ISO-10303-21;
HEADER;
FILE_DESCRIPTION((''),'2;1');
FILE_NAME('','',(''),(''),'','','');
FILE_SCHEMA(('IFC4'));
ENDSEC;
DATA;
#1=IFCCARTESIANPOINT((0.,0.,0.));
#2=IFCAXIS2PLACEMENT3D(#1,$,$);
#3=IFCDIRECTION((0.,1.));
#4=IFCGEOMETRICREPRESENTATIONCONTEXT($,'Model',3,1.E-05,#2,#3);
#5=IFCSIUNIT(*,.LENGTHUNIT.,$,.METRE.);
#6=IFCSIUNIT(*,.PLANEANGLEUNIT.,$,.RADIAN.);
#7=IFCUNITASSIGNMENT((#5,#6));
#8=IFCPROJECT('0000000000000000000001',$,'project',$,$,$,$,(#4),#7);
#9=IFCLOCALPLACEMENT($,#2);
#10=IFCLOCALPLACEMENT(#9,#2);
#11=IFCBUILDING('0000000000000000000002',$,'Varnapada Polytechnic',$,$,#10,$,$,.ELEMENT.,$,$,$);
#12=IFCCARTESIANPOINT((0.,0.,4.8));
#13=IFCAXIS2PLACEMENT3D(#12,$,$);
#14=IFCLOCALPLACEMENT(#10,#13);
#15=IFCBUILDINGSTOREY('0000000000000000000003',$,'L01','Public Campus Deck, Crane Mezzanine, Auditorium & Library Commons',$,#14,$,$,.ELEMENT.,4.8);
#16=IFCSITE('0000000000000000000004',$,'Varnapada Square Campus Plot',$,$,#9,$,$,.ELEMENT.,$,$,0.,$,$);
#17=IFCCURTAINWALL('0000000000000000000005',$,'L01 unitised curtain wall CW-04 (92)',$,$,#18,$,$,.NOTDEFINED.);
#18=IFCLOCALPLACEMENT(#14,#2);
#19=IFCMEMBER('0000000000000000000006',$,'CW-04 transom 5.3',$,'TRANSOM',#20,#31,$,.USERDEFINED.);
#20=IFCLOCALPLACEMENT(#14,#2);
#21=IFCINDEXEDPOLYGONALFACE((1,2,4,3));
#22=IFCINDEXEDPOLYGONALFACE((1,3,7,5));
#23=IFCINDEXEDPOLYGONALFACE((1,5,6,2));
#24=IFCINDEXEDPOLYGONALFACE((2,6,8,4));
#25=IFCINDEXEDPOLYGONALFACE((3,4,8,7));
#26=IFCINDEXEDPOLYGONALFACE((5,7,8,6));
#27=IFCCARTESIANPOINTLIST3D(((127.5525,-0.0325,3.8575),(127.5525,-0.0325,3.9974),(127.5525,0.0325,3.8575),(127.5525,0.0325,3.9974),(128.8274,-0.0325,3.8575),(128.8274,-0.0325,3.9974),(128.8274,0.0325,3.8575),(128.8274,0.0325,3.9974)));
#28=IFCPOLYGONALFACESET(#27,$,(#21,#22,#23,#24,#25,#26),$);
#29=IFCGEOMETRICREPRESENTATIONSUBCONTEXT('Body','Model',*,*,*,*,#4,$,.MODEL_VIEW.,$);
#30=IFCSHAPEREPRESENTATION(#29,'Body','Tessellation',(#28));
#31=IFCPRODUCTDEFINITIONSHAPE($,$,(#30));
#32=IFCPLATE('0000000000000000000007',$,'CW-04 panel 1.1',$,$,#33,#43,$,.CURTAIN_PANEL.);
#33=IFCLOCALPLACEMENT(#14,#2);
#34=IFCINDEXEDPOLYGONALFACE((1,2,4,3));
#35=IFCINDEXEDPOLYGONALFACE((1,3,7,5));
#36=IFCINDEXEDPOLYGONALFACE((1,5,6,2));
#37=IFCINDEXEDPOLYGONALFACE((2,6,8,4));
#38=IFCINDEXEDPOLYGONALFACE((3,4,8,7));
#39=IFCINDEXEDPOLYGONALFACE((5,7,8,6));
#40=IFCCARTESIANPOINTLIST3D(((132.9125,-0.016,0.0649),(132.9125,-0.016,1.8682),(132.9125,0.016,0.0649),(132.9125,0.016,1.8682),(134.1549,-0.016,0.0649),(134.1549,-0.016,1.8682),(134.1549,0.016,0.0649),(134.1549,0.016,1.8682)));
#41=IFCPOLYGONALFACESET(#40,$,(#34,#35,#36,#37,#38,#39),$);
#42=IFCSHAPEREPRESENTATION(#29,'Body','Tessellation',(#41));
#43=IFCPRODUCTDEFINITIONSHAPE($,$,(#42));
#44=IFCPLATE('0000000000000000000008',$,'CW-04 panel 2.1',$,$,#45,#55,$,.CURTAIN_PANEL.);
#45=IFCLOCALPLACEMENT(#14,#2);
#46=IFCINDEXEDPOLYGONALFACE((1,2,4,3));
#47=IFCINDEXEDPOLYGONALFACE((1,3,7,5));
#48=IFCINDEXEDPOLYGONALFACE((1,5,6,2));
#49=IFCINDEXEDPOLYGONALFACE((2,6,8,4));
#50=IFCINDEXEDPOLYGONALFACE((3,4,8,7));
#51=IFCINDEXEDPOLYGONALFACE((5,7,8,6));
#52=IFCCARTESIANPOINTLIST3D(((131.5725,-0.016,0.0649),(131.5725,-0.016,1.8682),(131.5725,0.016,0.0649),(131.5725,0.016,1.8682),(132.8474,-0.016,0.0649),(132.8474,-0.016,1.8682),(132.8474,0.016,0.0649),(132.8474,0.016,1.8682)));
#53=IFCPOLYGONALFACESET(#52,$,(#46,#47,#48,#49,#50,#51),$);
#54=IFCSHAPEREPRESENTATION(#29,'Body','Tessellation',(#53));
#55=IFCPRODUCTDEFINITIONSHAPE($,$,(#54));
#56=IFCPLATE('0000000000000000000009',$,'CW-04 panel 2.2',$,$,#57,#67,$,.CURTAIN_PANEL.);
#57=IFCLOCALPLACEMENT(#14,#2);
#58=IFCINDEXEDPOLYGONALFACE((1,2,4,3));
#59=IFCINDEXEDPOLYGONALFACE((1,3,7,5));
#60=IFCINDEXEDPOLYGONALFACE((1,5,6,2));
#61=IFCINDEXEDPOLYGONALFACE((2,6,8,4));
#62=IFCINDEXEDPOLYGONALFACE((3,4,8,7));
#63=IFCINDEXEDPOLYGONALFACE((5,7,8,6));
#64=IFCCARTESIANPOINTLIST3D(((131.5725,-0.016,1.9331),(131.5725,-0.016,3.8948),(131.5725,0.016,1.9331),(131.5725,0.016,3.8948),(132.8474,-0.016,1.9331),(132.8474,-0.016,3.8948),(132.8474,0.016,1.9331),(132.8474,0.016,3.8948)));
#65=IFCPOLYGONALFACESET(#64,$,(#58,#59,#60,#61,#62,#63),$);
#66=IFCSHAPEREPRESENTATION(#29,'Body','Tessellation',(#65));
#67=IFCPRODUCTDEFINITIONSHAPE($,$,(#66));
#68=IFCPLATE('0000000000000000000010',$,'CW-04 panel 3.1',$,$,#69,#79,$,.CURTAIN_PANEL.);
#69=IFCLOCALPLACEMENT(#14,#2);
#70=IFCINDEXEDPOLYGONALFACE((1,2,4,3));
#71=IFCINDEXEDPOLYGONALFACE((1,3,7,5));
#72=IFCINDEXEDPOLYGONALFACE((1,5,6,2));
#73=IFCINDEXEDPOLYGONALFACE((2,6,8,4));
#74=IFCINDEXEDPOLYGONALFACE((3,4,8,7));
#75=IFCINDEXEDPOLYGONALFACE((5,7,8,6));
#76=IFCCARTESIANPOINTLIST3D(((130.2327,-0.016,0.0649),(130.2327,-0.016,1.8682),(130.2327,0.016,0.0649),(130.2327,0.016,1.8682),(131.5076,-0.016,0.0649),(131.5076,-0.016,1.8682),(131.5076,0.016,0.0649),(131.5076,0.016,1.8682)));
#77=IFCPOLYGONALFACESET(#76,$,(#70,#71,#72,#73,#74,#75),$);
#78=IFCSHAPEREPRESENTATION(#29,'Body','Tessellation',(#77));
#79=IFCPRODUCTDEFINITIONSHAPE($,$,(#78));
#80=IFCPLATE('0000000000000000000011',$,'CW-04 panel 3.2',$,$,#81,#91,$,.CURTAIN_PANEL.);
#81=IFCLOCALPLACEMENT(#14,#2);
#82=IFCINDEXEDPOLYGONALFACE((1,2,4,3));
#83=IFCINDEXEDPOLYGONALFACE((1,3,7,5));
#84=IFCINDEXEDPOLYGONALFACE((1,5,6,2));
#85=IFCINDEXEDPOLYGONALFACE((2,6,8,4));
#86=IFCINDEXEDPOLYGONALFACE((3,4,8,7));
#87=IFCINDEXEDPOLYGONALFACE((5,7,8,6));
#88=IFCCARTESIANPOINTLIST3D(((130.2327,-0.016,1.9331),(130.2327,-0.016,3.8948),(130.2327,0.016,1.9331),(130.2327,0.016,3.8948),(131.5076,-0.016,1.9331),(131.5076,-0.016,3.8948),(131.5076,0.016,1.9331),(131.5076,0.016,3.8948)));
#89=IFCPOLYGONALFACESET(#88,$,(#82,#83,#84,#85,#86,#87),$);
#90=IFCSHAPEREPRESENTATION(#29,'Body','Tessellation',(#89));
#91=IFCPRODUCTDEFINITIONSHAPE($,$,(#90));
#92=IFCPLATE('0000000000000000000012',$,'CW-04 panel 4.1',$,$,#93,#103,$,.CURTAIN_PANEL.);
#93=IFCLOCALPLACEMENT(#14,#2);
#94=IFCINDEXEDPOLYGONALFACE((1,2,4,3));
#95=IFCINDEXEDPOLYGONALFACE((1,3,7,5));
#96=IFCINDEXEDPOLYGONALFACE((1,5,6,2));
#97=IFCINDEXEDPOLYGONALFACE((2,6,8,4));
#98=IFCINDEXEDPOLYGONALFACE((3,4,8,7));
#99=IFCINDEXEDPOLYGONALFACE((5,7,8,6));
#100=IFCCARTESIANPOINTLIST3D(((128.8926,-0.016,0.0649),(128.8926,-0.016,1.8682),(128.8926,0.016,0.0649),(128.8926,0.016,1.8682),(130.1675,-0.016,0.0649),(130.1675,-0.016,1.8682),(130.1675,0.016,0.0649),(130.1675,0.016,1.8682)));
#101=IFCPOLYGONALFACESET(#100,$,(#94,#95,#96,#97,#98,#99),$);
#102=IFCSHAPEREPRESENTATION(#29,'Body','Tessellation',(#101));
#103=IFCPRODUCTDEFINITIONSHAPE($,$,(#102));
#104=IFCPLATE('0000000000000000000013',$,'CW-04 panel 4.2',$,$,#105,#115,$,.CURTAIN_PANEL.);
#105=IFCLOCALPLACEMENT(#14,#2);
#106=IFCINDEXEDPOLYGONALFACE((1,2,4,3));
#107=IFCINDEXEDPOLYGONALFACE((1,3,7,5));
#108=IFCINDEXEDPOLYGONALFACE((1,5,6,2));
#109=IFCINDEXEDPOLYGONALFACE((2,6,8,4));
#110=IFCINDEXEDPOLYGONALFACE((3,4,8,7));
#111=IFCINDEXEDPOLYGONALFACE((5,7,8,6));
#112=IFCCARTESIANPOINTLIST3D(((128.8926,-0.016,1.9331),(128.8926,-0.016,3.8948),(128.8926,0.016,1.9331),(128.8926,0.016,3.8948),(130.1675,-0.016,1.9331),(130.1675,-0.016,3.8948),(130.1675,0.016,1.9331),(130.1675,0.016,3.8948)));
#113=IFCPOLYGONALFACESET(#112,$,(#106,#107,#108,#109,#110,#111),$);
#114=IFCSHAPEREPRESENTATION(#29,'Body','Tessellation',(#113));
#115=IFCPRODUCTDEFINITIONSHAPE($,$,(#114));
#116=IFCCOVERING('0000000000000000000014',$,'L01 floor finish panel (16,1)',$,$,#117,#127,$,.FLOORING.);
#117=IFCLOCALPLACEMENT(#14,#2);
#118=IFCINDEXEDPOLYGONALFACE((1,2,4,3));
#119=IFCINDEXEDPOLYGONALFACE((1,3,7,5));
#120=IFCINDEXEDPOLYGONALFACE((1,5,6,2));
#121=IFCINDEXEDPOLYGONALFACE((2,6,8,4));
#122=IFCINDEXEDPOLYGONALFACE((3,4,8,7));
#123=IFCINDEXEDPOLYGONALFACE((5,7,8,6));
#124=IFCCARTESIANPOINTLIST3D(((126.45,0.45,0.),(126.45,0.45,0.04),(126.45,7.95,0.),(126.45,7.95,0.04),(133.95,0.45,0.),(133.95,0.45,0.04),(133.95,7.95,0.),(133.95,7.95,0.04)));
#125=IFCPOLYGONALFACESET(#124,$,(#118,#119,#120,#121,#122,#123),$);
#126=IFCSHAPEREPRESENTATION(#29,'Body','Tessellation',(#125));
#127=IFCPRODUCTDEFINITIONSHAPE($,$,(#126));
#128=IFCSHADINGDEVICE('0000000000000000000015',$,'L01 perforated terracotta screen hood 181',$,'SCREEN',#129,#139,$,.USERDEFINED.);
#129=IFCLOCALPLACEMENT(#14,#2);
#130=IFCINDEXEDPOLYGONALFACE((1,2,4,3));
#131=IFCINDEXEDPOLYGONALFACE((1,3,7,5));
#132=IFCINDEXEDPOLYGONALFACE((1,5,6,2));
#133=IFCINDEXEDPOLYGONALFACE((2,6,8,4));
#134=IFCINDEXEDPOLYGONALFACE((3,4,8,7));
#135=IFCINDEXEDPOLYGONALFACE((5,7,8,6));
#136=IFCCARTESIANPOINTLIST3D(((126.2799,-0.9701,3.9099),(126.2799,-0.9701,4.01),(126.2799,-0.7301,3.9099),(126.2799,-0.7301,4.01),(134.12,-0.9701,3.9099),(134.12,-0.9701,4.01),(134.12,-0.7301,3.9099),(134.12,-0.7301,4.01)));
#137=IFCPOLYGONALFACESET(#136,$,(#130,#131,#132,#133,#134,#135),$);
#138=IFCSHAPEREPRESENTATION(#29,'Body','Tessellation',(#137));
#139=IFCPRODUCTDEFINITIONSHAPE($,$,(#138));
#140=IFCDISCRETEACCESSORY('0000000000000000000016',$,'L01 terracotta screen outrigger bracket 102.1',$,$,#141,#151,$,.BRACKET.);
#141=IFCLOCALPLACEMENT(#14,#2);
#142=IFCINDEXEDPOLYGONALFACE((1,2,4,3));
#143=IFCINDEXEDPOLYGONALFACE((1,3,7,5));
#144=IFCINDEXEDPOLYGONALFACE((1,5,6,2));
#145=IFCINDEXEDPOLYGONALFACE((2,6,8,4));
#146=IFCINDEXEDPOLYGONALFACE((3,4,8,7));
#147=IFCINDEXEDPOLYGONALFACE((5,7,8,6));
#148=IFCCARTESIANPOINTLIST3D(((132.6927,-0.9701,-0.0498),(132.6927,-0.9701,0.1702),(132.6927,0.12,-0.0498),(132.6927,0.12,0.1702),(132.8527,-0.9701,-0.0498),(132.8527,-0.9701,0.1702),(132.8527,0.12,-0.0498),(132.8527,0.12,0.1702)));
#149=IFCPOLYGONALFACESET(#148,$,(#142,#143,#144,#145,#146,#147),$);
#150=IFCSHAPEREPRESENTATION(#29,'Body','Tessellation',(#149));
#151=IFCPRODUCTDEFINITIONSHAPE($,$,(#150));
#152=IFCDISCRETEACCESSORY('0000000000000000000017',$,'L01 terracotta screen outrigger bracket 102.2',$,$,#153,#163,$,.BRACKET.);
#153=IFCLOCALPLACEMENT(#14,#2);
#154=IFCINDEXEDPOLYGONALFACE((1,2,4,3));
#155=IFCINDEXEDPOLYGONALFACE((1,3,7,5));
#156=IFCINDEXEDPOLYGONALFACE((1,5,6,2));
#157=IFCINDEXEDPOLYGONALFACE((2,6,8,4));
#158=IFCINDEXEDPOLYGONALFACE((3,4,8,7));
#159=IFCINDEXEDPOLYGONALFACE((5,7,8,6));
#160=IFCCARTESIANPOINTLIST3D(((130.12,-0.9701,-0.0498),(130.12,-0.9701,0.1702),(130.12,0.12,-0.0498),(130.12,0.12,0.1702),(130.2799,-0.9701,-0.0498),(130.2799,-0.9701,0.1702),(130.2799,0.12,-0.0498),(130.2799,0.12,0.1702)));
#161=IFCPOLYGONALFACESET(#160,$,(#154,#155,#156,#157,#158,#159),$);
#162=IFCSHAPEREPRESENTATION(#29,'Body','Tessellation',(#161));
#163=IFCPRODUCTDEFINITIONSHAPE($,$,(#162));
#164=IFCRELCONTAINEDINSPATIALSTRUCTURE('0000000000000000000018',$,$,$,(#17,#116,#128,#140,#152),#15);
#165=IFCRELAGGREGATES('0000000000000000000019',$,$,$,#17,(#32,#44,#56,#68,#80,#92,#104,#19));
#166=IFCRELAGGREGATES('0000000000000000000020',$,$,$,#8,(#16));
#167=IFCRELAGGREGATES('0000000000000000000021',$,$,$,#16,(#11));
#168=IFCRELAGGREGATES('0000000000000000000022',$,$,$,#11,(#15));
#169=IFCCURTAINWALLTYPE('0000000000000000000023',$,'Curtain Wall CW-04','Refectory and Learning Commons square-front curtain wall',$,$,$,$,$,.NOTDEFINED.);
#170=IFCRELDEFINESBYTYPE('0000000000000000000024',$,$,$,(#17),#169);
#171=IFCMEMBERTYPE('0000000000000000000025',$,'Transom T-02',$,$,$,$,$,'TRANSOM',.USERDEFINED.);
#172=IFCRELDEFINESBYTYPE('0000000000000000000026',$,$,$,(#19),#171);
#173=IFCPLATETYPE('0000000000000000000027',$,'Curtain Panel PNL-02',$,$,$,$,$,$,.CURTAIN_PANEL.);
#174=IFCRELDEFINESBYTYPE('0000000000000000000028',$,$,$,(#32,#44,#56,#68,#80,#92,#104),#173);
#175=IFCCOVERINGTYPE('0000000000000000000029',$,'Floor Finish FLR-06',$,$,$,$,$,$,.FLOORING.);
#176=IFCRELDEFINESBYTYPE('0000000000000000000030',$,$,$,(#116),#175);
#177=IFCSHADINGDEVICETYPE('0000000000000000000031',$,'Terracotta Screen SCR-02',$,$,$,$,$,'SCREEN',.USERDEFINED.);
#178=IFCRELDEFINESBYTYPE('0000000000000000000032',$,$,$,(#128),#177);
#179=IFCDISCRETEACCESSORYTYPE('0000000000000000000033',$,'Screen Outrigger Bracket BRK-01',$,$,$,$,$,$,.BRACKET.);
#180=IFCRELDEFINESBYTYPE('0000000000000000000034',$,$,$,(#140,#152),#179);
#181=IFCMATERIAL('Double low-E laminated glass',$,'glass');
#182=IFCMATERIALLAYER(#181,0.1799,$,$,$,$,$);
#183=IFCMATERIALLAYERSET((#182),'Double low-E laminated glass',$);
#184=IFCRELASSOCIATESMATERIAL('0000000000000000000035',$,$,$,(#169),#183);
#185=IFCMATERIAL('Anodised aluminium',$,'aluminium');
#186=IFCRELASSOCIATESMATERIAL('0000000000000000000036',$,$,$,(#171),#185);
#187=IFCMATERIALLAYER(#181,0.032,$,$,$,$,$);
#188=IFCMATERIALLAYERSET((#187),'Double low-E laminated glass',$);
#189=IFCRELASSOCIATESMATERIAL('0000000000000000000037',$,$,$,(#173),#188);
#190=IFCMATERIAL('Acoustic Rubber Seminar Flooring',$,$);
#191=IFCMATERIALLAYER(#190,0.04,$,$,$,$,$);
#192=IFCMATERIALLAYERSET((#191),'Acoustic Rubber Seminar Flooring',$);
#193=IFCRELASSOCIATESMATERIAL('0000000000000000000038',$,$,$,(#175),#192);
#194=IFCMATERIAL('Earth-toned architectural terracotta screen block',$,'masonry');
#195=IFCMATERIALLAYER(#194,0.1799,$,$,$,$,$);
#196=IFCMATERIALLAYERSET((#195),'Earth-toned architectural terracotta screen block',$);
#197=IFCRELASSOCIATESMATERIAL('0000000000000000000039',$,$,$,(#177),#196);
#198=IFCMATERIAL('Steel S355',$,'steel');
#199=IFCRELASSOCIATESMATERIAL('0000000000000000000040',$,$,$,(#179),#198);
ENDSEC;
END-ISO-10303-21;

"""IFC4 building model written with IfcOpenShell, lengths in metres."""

from ifc_helpers import new_model, si_unit, direction, frame, origin, origin_2d, place, context, subcontext, project, spatial, rectangle, extrude, material, layer, layer_set, material_profile, profile_set, type_object, element, aggregate, save


model = new_model("IFC4")

# Units and contexts
model_context = context("Model", 3, precision=1e-05, world=origin(), true_north=direction((0.0, 1.0)))
body_context = subcontext(model_context, "Body", "Model", "MODEL_VIEW")
ifc_project = project(units=[si_unit("LENGTHUNIT", "METRE"), si_unit("PLANEANGLEUNIT", "RADIAN")], contexts=[model_context])

# Site, building, storey
site_placement = place(None, origin())
site = spatial("IfcSite", under=ifc_project, at=site_placement, Name="Varnapada Square Campus Plot", CompositionType="ELEMENT", RefElevation=0.0)
building_placement = place(site_placement, origin())
building = spatial("IfcBuilding", under=site, at=building_placement, Name="Varnapada Polytechnic", CompositionType="ELEMENT")
storey_placement = place(building_placement, frame((0.0, 0.0, 4.8)))
storey = spatial("IfcBuildingStorey", under=building, at=storey_placement, Name="L01", Description="Public Campus Deck, Crane Mezzanine, Auditorium & Library Commons", CompositionType="ELEMENT", Elevation=4.8)

# Curtain wall, member, plates
ifc_material_1 = material(Name="Double low-E laminated glass", Category="glass")
ifc_layer_1 = layer(ifc_material_1, 0.1799)
ifc_layer_set_1 = layer_set([ifc_layer_1], Name="Double low-E laminated glass")
curtain_wall_type = type_object("IfcCurtainWallType", Name="Curtain Wall CW-04", Description="Refectory and Learning Commons square-front curtain wall", PredefinedType="NOTDEFINED", material=ifc_layer_set_1)
curtain_wall_placement = place(storey_placement, origin())
curtain_wall = element("IfcCurtainWall", 1, at=curtain_wall_placement, inside=storey, type_object=curtain_wall_type, Name="L01 unitised curtain wall CW-04 (92)", PredefinedType="NOTDEFINED")
ifc_material_2 = material(Name="Anodised aluminium", Category="aluminium")
ifc_material_profile_1 = material_profile(ifc_material_2, rectangle(XDim=0.0649, YDim=0.1399, at=origin_2d()), Name="ALU T65x140")
ifc_profile_set_1 = profile_set([ifc_material_profile_1], Name="Anodised aluminium")
member_type_1 = type_object("IfcMemberType", Name="Transom T-02", ElementType="TRANSOM", PredefinedType="USERDEFINED", material=ifc_profile_set_1)
member_1_placement = place(storey_placement, frame((128.8274, 0.0, 3.9275), z_axis=(-1.0, 0.0, 0.0), x_axis=(0.0, -1.0, 0.0)))
member_1 = element("IfcMember", 2, at=member_1_placement, type_object=member_type_1, Name="CW-04 transom 5.3", ObjectType="TRANSOM", PredefinedType="USERDEFINED", context=body_context, shape_type="SweptSolid", body=[
    extrude(rectangle(XDim=0.0649, YDim=0.1399, at=origin_2d()), origin(), (0.0, 0.0, 1.0), 1.2749),
])
ifc_layer_2 = layer(ifc_material_1, 0.032)
ifc_layer_set_2 = layer_set([ifc_layer_2], Name="Double low-E laminated glass")
plate_type = type_object("IfcPlateType", Name="Curtain Panel PNL-02", PredefinedType="CURTAIN_PANEL", material=ifc_layer_set_2)
plate_1_placement = place(storey_placement, frame((133.5337, 0.0, 0.0649), z_axis=(0.0, 0.0, 1.0), x_axis=(-1.0, 0.0, 0.0)))
plate_1 = element("IfcPlate", 3, at=plate_1_placement, type_object=plate_type, Name="CW-04 panel 1.1", PredefinedType="CURTAIN_PANEL", context=body_context, shape_type="SweptSolid", body=[
    extrude(rectangle(XDim=1.2424, YDim=0.032, at=origin_2d()), origin(), (0.0, 0.0, 1.0), 1.8032),
])
plate_2_placement = place(storey_placement, frame((132.21, 0.0, 0.0649), z_axis=(0.0, 0.0, 1.0), x_axis=(-1.0, 0.0, 0.0)))
plate_2 = element("IfcPlate", 4, at=plate_2_placement, type_object=plate_type, Name="CW-04 panel 2.1", PredefinedType="CURTAIN_PANEL", context=body_context, shape_type="SweptSolid", body=[
    extrude(rectangle(XDim=1.2749, YDim=0.032, at=origin_2d()), origin(), (0.0, 0.0, 1.0), 1.8032),
])
plate_3_placement = place(storey_placement, frame((132.21, 0.0, 1.9331), z_axis=(0.0, 0.0, 1.0), x_axis=(-1.0, 0.0, 0.0)))
plate_3 = element("IfcPlate", 5, at=plate_3_placement, type_object=plate_type, Name="CW-04 panel 2.2", PredefinedType="CURTAIN_PANEL", context=body_context, shape_type="SweptSolid", body=[
    extrude(rectangle(XDim=1.2749, YDim=0.032, at=origin_2d()), origin(), (0.0, 0.0, 1.0), 1.9617),
])
plate_4_placement = place(storey_placement, frame((130.8701, 0.0, 0.0649), z_axis=(0.0, 0.0, 1.0), x_axis=(-1.0, 0.0, 0.0)))
plate_4 = element("IfcPlate", 6, at=plate_4_placement, type_object=plate_type, Name="CW-04 panel 3.1", PredefinedType="CURTAIN_PANEL", context=body_context, shape_type="SweptSolid", body=[
    extrude(rectangle(XDim=1.2749, YDim=0.032, at=origin_2d()), origin(), (0.0, 0.0, 1.0), 1.8032),
])
plate_5_placement = place(storey_placement, frame((130.8701, 0.0, 1.9331), z_axis=(0.0, 0.0, 1.0), x_axis=(-1.0, 0.0, 0.0)))
plate_5 = element("IfcPlate", 7, at=plate_5_placement, type_object=plate_type, Name="CW-04 panel 3.2", PredefinedType="CURTAIN_PANEL", context=body_context, shape_type="SweptSolid", body=[
    extrude(rectangle(XDim=1.2749, YDim=0.032, at=origin_2d()), origin(), (0.0, 0.0, 1.0), 1.9617),
])
plate_6_placement = place(storey_placement, frame((129.53, 0.0, 0.0649), z_axis=(0.0, 0.0, 1.0), x_axis=(-1.0, 0.0, 0.0)))
plate_6 = element("IfcPlate", 8, at=plate_6_placement, type_object=plate_type, Name="CW-04 panel 4.1", PredefinedType="CURTAIN_PANEL", context=body_context, shape_type="SweptSolid", body=[
    extrude(rectangle(XDim=1.2749, YDim=0.032, at=origin_2d()), origin(), (0.0, 0.0, 1.0), 1.8032),
])
plate_7_placement = place(storey_placement, frame((129.53, 0.0, 1.9331), z_axis=(0.0, 0.0, 1.0), x_axis=(-1.0, 0.0, 0.0)))
plate_7 = element("IfcPlate", 9, at=plate_7_placement, type_object=plate_type, Name="CW-04 panel 4.2", PredefinedType="CURTAIN_PANEL", context=body_context, shape_type="SweptSolid", body=[
    extrude(rectangle(XDim=1.2749, YDim=0.032, at=origin_2d()), origin(), (0.0, 0.0, 1.0), 1.9617),
])
aggregate(curtain_wall, [plate_1, plate_2, plate_3, plate_4, plate_5, plate_6, plate_7, member_1])

# Covering
ifc_material_3 = material(Name="Acoustic Rubber Seminar Flooring")
ifc_layer_3 = layer(ifc_material_3, 0.04)
ifc_layer_set_3 = layer_set([ifc_layer_3], Name="Acoustic Rubber Seminar Flooring")
covering_type = type_object("IfcCoveringType", Name="Floor Finish FLR-06", PredefinedType="FLOORING", material=ifc_layer_set_3)
covering_placement = place(storey_placement, frame((130.2, 4.2, 0.0), z_axis=(0.0, 0.0, 1.0), x_axis=(1.0, 0.0, 0.0)))
element("IfcCovering", 10, at=covering_placement, inside=storey, type_object=covering_type, Name="L01 floor finish panel (16,1)", PredefinedType="FLOORING", context=body_context, shape_type="SweptSolid", body=[
    extrude(rectangle(XDim=7.5, YDim=7.5, at=origin_2d()), origin(), (0.0, 0.0, 1.0), 0.04),
])

# Shading device
ifc_material_4 = material(Name="Earth-toned architectural terracotta screen block", Category="masonry")
ifc_layer_4 = layer(ifc_material_4, 0.1799)
ifc_layer_set_4 = layer_set([ifc_layer_4], Name="Earth-toned architectural terracotta screen block")
shading_device_type = type_object("IfcShadingDeviceType", Name="Terracotta Screen SCR-02", ElementType="SCREEN", PredefinedType="USERDEFINED", material=ifc_layer_set_4)
shading_device_placement = place(storey_placement, frame((130.2, -0.8501, 3.9099), z_axis=(0.0, 0.0, 1.0), x_axis=(-1.0, 0.0, 0.0)))
element("IfcShadingDevice", 11, at=shading_device_placement, inside=storey, type_object=shading_device_type, Name="L01 perforated terracotta screen hood 181", ObjectType="SCREEN", PredefinedType="USERDEFINED", context=body_context, shape_type="SweptSolid", body=[
    extrude(rectangle(XDim=7.8401, YDim=0.24, at=origin_2d()), origin(), (0.0, 0.0, 1.0), 0.1001),
])

# Discrete accessories
ifc_material_5 = material(Name="Steel S355", Category="steel")
discrete_accessory_type = type_object("IfcDiscreteAccessoryType", Name="Screen Outrigger Bracket BRK-01", PredefinedType="BRACKET", material=ifc_material_5)
for number, where, z_axis, x_axis, name in (
    (12, (132.7727, -0.425, -0.0498), (0.0, 0.0, 1.0), (-1.0, 0.0, 0.0), "L01 terracotta screen outrigger bracket 102.1"),
    (13, (130.2, -0.425, -0.0498), (0.0, 0.0, 1.0), (-1.0, 0.0, 0.0), "L01 terracotta screen outrigger bracket 102.2"),
):
    element("IfcDiscreteAccessory", number, at=place(storey_placement, frame(where, z_axis=z_axis, x_axis=x_axis)), inside=storey, type_object=discrete_accessory_type, Name=name, PredefinedType="BRACKET", context=body_context, shape_type="SweptSolid", body=[
        extrude(rectangle(XDim=0.1599, YDim=1.0901, at=origin_2d()), origin(), (0.0, 0.0, 1.0), 0.22),
    ])

save(model, "model.ifc")
